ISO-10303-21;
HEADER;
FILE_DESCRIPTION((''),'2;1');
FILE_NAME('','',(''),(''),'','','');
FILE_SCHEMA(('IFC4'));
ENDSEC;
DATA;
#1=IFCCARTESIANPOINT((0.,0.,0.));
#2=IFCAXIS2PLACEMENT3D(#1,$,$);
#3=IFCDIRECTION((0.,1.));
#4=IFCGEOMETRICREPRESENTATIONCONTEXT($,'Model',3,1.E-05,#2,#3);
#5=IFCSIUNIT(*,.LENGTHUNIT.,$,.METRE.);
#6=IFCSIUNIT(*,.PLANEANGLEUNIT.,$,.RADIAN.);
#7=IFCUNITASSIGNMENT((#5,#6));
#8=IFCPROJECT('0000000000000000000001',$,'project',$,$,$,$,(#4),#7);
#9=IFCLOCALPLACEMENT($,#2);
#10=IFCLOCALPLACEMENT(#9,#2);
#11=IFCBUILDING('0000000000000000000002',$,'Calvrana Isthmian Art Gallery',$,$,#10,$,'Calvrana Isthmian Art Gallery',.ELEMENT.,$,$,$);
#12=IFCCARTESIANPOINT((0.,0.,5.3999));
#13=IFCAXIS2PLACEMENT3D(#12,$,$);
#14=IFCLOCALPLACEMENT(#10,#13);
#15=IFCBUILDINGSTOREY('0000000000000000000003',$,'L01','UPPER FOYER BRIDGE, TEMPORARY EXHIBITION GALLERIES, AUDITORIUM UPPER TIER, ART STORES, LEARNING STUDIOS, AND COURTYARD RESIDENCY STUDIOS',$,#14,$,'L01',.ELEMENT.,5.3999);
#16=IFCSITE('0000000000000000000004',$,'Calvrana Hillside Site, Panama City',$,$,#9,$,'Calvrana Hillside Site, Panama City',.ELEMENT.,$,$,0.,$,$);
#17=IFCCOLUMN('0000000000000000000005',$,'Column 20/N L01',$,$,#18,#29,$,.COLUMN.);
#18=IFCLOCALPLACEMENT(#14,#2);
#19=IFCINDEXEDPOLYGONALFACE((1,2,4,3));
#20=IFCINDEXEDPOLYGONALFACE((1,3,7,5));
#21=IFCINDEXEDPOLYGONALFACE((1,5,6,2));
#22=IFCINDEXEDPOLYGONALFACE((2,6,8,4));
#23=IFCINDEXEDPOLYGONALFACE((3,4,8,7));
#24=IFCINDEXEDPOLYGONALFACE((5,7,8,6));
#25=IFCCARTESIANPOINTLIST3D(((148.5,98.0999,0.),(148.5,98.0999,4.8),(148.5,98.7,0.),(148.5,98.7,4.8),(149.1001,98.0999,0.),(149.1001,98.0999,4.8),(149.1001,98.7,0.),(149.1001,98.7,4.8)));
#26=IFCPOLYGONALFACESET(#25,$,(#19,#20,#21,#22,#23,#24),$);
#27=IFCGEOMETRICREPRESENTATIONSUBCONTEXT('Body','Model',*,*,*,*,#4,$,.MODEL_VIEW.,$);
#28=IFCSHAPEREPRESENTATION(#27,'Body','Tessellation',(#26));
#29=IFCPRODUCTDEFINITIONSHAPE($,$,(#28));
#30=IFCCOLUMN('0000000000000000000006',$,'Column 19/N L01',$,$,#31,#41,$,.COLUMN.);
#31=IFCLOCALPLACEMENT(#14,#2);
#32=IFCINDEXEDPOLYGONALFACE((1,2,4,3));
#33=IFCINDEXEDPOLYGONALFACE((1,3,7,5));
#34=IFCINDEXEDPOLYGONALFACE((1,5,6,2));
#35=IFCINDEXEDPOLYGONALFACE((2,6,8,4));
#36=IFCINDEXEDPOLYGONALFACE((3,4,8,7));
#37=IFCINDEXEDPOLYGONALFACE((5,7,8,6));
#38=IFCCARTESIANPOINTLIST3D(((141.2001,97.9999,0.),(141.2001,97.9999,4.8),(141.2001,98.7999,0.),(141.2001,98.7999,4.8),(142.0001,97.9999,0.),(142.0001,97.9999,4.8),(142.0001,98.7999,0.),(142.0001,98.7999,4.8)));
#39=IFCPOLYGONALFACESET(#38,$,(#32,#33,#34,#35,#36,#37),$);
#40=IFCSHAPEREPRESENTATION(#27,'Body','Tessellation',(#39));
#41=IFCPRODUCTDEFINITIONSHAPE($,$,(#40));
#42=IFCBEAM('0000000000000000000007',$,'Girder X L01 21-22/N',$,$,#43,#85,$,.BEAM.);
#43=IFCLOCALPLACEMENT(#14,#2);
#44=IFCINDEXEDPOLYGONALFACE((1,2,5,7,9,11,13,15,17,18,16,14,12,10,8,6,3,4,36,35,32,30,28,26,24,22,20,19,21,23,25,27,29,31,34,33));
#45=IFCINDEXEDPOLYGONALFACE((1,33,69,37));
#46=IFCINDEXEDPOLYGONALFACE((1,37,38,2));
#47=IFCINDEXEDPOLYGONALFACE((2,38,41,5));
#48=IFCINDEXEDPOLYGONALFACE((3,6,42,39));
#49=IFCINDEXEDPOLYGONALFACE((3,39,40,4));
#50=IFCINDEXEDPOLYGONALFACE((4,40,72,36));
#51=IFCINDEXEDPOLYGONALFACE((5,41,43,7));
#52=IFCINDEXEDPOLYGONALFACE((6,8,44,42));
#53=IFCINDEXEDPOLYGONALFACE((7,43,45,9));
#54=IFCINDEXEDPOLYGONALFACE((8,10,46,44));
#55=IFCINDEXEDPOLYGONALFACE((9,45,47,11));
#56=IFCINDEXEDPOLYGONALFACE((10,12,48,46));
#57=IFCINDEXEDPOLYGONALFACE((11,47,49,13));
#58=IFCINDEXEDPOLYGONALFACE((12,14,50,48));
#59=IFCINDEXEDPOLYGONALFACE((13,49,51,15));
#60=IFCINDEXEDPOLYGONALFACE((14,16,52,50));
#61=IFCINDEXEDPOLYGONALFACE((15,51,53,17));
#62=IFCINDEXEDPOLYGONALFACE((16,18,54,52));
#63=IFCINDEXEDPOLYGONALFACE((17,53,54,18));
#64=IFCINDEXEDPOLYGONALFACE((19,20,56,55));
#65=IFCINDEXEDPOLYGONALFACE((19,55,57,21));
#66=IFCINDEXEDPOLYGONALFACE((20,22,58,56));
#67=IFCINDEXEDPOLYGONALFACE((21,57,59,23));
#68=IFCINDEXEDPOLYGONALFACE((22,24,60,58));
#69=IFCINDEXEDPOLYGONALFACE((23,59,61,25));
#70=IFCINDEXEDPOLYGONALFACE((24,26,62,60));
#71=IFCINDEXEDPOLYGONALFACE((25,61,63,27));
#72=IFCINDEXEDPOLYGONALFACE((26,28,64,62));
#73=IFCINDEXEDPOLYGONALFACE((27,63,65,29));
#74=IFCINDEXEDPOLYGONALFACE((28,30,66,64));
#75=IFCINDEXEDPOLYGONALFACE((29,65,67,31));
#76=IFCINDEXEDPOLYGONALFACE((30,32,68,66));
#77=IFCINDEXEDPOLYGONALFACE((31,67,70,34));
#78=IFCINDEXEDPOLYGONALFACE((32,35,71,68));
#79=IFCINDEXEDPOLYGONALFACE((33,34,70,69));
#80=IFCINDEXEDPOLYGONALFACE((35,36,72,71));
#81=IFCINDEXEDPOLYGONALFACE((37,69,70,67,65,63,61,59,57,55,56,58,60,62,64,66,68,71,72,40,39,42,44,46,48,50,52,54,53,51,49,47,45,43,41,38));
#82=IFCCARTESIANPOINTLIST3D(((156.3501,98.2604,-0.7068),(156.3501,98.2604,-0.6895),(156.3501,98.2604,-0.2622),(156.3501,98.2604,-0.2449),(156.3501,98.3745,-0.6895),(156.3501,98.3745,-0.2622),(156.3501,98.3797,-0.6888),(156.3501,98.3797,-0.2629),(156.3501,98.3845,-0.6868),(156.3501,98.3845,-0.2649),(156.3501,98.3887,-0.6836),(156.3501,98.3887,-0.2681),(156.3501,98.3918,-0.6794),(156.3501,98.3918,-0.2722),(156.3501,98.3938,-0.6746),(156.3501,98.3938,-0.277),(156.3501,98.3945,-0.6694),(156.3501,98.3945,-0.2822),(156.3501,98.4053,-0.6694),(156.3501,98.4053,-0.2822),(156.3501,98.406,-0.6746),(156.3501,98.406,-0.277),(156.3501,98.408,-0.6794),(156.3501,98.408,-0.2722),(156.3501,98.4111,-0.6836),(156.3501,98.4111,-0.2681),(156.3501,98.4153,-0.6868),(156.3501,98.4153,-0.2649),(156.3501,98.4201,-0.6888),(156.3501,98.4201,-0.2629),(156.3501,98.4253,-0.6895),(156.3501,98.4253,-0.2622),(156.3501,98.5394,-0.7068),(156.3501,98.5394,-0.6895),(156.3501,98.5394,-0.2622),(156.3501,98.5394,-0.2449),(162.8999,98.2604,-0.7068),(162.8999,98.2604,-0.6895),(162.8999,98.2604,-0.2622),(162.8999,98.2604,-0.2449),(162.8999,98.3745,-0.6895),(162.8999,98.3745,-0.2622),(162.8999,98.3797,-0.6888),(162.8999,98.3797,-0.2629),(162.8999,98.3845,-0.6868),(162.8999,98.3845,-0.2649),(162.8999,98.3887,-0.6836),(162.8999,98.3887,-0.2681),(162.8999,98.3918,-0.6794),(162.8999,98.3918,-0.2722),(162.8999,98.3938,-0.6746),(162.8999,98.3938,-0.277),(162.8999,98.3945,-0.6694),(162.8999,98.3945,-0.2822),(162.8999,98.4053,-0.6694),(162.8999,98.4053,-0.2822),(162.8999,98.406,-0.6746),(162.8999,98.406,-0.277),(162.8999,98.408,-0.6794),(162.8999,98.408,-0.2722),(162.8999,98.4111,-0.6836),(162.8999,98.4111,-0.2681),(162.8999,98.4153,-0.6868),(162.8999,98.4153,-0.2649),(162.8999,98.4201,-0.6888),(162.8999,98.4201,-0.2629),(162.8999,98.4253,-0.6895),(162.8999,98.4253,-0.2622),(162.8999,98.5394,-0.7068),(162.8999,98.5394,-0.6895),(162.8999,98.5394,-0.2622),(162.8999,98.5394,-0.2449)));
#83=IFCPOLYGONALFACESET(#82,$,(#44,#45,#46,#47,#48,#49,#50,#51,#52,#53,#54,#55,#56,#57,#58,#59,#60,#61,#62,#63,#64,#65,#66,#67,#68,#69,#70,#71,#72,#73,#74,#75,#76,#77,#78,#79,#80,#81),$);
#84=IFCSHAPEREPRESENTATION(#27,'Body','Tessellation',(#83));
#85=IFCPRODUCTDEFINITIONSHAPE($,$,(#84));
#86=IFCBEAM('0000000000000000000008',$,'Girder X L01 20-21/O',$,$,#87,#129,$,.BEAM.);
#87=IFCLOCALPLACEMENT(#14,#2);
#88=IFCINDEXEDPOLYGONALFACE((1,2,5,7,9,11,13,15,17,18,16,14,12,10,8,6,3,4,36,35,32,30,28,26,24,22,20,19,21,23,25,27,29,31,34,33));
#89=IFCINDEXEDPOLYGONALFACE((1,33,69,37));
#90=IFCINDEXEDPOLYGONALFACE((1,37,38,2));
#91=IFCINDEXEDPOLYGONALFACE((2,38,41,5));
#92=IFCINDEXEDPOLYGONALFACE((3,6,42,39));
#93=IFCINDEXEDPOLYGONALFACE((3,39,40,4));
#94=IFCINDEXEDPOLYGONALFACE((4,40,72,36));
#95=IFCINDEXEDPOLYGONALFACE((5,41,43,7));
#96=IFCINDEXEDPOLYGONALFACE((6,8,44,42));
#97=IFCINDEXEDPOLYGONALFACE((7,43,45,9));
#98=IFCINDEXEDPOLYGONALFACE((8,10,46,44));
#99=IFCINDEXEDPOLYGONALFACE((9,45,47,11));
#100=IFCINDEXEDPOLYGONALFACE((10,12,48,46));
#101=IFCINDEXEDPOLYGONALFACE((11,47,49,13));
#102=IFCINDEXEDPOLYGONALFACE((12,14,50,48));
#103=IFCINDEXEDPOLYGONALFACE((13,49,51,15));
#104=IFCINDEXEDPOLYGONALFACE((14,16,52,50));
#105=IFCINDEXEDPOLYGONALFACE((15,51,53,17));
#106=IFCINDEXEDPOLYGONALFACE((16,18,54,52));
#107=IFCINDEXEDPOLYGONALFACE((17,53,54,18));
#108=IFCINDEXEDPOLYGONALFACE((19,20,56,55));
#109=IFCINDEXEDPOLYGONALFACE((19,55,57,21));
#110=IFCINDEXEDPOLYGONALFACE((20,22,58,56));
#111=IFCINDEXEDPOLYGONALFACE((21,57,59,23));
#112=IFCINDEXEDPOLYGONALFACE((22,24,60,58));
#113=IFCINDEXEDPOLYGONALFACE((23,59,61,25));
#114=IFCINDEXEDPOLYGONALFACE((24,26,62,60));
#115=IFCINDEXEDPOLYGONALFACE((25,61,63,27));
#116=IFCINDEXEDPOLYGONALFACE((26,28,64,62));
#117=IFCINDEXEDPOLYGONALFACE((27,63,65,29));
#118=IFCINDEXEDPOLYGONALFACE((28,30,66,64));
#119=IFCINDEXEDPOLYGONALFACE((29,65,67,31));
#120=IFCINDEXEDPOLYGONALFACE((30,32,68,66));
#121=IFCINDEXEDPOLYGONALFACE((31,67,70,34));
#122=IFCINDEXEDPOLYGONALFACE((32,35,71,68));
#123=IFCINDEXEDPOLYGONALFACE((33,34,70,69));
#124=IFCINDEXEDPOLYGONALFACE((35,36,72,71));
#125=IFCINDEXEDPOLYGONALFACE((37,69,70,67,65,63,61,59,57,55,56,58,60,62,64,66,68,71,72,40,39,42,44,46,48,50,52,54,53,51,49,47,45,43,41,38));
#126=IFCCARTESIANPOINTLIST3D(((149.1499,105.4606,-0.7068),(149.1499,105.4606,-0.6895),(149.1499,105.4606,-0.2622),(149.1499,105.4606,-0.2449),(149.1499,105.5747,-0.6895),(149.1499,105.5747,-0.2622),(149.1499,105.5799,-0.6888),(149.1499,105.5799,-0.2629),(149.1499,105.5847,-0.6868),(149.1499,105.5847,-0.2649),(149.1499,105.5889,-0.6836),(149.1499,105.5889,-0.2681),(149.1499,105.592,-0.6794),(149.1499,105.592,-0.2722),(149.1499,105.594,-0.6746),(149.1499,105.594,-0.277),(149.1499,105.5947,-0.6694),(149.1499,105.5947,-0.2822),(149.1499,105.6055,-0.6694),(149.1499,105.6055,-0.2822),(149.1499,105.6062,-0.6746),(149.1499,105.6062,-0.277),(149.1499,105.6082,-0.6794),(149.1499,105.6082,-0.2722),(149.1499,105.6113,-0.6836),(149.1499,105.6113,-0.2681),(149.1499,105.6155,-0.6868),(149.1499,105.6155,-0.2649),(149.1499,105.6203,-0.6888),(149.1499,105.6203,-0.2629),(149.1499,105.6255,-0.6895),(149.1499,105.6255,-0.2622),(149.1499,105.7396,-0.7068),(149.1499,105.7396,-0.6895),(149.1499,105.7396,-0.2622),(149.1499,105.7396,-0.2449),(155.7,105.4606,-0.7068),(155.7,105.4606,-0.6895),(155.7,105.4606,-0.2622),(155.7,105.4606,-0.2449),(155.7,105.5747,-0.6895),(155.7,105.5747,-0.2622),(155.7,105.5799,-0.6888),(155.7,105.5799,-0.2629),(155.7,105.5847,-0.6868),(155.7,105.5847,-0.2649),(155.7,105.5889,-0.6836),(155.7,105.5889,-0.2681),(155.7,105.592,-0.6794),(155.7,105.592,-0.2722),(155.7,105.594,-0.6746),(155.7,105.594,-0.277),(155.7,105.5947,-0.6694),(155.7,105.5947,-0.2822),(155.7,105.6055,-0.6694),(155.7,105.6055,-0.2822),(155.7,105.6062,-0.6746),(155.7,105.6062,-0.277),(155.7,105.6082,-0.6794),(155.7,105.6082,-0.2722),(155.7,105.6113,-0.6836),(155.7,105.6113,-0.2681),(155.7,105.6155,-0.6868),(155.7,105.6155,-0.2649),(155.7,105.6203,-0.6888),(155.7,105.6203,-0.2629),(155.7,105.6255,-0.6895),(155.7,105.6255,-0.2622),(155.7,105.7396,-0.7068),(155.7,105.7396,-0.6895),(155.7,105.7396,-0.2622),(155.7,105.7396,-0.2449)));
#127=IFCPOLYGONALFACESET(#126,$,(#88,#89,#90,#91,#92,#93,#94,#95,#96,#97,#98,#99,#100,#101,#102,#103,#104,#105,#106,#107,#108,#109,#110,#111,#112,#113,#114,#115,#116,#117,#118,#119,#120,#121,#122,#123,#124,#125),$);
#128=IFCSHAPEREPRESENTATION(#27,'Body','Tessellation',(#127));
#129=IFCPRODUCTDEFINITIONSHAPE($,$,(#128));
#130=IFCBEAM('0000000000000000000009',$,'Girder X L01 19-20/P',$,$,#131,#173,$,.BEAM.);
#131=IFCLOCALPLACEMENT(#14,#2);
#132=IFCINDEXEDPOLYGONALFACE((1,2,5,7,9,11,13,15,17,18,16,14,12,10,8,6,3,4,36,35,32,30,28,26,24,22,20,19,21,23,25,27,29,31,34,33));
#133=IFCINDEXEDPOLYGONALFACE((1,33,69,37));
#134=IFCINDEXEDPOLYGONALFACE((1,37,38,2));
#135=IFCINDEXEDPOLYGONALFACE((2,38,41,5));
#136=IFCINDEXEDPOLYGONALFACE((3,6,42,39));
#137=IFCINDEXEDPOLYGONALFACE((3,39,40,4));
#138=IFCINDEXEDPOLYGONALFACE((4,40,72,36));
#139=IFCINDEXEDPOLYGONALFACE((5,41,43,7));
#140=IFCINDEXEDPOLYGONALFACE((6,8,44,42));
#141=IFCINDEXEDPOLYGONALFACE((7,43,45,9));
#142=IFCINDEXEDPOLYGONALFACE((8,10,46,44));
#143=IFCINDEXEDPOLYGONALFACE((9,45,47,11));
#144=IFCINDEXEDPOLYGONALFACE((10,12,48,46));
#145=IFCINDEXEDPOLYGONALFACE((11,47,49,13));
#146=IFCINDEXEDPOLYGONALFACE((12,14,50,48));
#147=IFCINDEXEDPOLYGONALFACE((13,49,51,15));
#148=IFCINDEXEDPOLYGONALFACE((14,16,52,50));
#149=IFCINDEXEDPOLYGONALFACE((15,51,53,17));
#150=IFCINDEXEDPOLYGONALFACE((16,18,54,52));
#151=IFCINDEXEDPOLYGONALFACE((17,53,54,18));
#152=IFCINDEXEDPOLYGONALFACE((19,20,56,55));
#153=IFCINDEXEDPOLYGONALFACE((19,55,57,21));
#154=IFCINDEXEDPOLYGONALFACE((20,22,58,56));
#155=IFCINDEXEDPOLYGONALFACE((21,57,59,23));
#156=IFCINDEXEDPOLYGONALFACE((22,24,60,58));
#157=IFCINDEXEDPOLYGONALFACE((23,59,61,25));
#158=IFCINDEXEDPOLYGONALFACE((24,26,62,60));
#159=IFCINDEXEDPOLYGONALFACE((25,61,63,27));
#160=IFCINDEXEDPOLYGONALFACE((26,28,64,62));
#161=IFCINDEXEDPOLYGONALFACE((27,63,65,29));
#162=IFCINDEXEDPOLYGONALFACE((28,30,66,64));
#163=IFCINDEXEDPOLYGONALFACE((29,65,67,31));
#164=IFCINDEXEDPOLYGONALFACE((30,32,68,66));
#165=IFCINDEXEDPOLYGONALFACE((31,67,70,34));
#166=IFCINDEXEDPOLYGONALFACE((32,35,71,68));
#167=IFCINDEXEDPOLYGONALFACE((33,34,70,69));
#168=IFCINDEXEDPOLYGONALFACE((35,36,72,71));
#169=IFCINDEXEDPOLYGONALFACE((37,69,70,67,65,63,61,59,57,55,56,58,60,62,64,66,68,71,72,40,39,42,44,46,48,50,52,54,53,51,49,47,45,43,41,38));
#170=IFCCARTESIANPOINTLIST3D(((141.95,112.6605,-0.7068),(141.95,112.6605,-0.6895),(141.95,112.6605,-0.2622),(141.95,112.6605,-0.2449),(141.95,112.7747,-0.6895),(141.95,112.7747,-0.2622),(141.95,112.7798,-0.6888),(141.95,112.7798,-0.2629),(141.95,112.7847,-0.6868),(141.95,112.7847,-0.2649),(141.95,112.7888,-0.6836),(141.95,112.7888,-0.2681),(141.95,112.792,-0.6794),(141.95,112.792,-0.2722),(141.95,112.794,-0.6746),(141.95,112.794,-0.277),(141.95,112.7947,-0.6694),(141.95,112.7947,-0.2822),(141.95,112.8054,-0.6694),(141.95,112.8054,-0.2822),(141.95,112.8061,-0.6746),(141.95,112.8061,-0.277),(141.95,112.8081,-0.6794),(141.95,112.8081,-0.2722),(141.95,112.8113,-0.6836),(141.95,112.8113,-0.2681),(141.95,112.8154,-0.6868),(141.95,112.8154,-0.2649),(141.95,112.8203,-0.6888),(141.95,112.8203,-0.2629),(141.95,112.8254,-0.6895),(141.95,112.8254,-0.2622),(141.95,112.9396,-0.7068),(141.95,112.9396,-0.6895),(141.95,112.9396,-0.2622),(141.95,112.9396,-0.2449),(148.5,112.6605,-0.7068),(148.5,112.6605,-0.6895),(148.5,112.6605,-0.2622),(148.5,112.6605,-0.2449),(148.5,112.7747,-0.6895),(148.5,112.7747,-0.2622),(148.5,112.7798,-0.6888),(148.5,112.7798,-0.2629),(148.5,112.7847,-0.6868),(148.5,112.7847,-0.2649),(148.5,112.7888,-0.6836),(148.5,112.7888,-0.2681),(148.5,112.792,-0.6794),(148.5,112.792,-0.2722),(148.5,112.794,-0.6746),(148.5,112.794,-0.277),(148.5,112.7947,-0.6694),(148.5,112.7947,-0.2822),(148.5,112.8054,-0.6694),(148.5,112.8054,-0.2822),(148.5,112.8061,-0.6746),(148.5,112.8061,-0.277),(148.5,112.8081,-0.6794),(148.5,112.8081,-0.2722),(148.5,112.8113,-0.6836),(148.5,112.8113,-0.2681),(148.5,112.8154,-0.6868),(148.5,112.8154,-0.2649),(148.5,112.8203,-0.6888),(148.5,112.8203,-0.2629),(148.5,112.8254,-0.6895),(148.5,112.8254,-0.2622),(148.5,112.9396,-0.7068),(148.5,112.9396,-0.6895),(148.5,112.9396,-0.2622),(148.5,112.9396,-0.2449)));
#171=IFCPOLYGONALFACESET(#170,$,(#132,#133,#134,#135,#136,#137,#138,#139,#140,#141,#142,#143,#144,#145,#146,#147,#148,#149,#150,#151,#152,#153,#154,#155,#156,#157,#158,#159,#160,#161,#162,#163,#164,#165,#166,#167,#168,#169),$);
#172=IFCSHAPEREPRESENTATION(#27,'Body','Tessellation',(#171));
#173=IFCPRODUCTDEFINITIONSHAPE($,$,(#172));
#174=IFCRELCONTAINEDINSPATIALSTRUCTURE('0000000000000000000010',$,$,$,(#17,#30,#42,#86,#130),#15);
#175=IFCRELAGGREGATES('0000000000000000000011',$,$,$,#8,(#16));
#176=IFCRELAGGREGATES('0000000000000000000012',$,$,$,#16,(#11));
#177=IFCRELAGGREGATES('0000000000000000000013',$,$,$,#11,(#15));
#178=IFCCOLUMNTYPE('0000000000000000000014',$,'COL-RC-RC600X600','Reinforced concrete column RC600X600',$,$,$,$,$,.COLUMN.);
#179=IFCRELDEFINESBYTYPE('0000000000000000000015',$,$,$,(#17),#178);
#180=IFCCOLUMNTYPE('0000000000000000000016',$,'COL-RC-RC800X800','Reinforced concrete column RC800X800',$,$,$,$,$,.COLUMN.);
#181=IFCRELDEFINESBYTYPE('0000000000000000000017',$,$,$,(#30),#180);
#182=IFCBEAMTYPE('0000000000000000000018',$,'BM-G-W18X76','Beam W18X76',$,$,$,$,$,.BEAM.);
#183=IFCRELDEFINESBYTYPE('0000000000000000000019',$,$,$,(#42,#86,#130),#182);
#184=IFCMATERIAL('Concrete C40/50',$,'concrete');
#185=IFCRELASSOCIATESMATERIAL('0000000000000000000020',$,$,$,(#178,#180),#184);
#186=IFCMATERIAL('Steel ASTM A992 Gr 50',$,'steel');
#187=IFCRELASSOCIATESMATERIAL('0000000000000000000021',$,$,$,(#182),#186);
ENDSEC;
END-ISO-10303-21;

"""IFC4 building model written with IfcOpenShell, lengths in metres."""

from ifc_helpers import new_model, si_unit, direction, frame, origin, origin_2d, place, context, subcontext, project, spatial, rectangle, i_section, extrude, material, material_profile, profile_set, type_object, element, save


model = new_model("IFC4")

# Units and contexts
model_context = context("Model", 3, precision=1e-05, world=origin(), true_north=direction((0.0, 1.0)))
body_context = subcontext(model_context, "Body", "Model", "MODEL_VIEW")
ifc_project = project(units=[si_unit("LENGTHUNIT", "METRE"), si_unit("PLANEANGLEUNIT", "RADIAN")], contexts=[model_context])

# Site, building, storey
site_placement = place(None, origin())
site = spatial("IfcSite", under=ifc_project, at=site_placement, Name="Calvrana Hillside Site, Panama City", LongName="Calvrana Hillside Site, Panama City", CompositionType="ELEMENT", RefElevation=0.0)
building_placement = place(site_placement, origin())
building = spatial("IfcBuilding", under=site, at=building_placement, Name="Calvrana Isthmian Art Gallery", LongName="Calvrana Isthmian Art Gallery", CompositionType="ELEMENT")
storey_placement = place(building_placement, frame((0.0, 0.0, 5.3999)))
storey = spatial("IfcBuildingStorey", under=building, at=storey_placement, Name="L01", Description="UPPER FOYER BRIDGE, TEMPORARY EXHIBITION GALLERIES, AUDITORIUM UPPER TIER, ART STORES, LEARNING STUDIOS, AND COURTYARD RESIDENCY STUDIOS", LongName="L01", CompositionType="ELEMENT", Elevation=5.3999)

# Columns
ifc_material_1 = material(Name="Concrete C40/50", Category="concrete")
ifc_material_profile_1 = material_profile(ifc_material_1, rectangle(XDim=0.6001, YDim=0.6001, at=origin_2d()), Name="RC600X600")
ifc_profile_set_1 = profile_set([ifc_material_profile_1], Name="Concrete C40/50")
column_type_1 = type_object("IfcColumnType", Name="COL-RC-RC600X600", Description="Reinforced concrete column RC600X600", PredefinedType="COLUMN", material=ifc_profile_set_1)
column_1_placement = place(storey_placement, frame((148.8, 98.3999, 0.0), z_axis=(0.0, 0.0, 1.0), x_axis=(1.0, 0.0, 0.0)))
element("IfcColumn", 1, at=column_1_placement, inside=storey, type_object=column_type_1, Name="Column 20/N L01", PredefinedType="COLUMN", context=body_context, shape_type="SweptSolid", body=[
    extrude(rectangle(XDim=0.6001, YDim=0.6001, at=origin_2d()), origin(), (0.0, 0.0, 1.0), 4.8),
])
ifc_material_profile_2 = material_profile(ifc_material_1, rectangle(XDim=0.8, YDim=0.8, at=origin_2d()), Name="RC800X800")
ifc_profile_set_2 = profile_set([ifc_material_profile_2], Name="Concrete C40/50")
column_type_2 = type_object("IfcColumnType", Name="COL-RC-RC800X800", Description="Reinforced concrete column RC800X800", PredefinedType="COLUMN", material=ifc_profile_set_2)
column_2_placement = place(storey_placement, frame((141.6001, 98.3999, 0.0), z_axis=(0.0, 0.0, 1.0), x_axis=(1.0, 0.0, 0.0)))
element("IfcColumn", 2, at=column_2_placement, inside=storey, type_object=column_type_2, Name="Column 19/N L01", PredefinedType="COLUMN", context=body_context, shape_type="SweptSolid", body=[
    extrude(rectangle(XDim=0.8, YDim=0.8, at=origin_2d()), origin(), (0.0, 0.0, 1.0), 4.8),
])

# Beams
ifc_material_2 = material(Name="Steel ASTM A992 Gr 50", Category="steel")
ifc_material_profile_3 = material_profile(ifc_material_2, i_section(OverallWidth=0.2791, OverallDepth=0.4619, WebThickness=0.0107, FlangeThickness=0.0173, FilletRadius=0.02, at=origin_2d()), Name="W18X76")
ifc_profile_set_3 = profile_set([ifc_material_profile_3], Name="Steel ASTM A992 Gr 50")
beam_type_1 = type_object("IfcBeamType", Name="BM-G-W18X76", Description="Beam W18X76", PredefinedType="BEAM", material=ifc_profile_set_3)
beam_1_placement = place(storey_placement, frame((156.3501, 98.3999, -0.4758), z_axis=(1.0, 0.0, 0.0), x_axis=(0.0, 1.0, 0.0)))
element("IfcBeam", 3, at=beam_1_placement, inside=storey, type_object=beam_type_1, Name="Girder X L01 21-22/N", PredefinedType="BEAM", context=body_context, shape_type="SweptSolid", body=[
    extrude(i_section(OverallWidth=0.2791, OverallDepth=0.4619, WebThickness=0.0107, FlangeThickness=0.0173, FilletRadius=0.02, at=origin_2d()), origin(), (0.0, 0.0, 1.0), 6.5498),
])
for number, where, z_axis, x_axis, name in (
    (4, (149.1499, 105.6001, -0.4758), (1.0, 0.0, 0.0), (0.0, 1.0, 0.0), "Girder X L01 20-21/O"),
    (5, (141.95, 112.8, -0.4758), (1.0, 0.0, 0.0), (0.0, 1.0, 0.0), "Girder X L01 19-20/P"),
):
    element("IfcBeam", number, at=place(storey_placement, frame(where, z_axis=z_axis, x_axis=x_axis)), inside=storey, type_object=beam_type_1, Name=name, PredefinedType="BEAM", context=body_context, shape_type="SweptSolid", body=[
        extrude(i_section(OverallWidth=0.2791, OverallDepth=0.4619, WebThickness=0.0107, FlangeThickness=0.0173, FilletRadius=0.02, at=origin_2d()), origin(), (0.0, 0.0, 1.0), 6.55),
    ])

save(model, "model.ifc")
